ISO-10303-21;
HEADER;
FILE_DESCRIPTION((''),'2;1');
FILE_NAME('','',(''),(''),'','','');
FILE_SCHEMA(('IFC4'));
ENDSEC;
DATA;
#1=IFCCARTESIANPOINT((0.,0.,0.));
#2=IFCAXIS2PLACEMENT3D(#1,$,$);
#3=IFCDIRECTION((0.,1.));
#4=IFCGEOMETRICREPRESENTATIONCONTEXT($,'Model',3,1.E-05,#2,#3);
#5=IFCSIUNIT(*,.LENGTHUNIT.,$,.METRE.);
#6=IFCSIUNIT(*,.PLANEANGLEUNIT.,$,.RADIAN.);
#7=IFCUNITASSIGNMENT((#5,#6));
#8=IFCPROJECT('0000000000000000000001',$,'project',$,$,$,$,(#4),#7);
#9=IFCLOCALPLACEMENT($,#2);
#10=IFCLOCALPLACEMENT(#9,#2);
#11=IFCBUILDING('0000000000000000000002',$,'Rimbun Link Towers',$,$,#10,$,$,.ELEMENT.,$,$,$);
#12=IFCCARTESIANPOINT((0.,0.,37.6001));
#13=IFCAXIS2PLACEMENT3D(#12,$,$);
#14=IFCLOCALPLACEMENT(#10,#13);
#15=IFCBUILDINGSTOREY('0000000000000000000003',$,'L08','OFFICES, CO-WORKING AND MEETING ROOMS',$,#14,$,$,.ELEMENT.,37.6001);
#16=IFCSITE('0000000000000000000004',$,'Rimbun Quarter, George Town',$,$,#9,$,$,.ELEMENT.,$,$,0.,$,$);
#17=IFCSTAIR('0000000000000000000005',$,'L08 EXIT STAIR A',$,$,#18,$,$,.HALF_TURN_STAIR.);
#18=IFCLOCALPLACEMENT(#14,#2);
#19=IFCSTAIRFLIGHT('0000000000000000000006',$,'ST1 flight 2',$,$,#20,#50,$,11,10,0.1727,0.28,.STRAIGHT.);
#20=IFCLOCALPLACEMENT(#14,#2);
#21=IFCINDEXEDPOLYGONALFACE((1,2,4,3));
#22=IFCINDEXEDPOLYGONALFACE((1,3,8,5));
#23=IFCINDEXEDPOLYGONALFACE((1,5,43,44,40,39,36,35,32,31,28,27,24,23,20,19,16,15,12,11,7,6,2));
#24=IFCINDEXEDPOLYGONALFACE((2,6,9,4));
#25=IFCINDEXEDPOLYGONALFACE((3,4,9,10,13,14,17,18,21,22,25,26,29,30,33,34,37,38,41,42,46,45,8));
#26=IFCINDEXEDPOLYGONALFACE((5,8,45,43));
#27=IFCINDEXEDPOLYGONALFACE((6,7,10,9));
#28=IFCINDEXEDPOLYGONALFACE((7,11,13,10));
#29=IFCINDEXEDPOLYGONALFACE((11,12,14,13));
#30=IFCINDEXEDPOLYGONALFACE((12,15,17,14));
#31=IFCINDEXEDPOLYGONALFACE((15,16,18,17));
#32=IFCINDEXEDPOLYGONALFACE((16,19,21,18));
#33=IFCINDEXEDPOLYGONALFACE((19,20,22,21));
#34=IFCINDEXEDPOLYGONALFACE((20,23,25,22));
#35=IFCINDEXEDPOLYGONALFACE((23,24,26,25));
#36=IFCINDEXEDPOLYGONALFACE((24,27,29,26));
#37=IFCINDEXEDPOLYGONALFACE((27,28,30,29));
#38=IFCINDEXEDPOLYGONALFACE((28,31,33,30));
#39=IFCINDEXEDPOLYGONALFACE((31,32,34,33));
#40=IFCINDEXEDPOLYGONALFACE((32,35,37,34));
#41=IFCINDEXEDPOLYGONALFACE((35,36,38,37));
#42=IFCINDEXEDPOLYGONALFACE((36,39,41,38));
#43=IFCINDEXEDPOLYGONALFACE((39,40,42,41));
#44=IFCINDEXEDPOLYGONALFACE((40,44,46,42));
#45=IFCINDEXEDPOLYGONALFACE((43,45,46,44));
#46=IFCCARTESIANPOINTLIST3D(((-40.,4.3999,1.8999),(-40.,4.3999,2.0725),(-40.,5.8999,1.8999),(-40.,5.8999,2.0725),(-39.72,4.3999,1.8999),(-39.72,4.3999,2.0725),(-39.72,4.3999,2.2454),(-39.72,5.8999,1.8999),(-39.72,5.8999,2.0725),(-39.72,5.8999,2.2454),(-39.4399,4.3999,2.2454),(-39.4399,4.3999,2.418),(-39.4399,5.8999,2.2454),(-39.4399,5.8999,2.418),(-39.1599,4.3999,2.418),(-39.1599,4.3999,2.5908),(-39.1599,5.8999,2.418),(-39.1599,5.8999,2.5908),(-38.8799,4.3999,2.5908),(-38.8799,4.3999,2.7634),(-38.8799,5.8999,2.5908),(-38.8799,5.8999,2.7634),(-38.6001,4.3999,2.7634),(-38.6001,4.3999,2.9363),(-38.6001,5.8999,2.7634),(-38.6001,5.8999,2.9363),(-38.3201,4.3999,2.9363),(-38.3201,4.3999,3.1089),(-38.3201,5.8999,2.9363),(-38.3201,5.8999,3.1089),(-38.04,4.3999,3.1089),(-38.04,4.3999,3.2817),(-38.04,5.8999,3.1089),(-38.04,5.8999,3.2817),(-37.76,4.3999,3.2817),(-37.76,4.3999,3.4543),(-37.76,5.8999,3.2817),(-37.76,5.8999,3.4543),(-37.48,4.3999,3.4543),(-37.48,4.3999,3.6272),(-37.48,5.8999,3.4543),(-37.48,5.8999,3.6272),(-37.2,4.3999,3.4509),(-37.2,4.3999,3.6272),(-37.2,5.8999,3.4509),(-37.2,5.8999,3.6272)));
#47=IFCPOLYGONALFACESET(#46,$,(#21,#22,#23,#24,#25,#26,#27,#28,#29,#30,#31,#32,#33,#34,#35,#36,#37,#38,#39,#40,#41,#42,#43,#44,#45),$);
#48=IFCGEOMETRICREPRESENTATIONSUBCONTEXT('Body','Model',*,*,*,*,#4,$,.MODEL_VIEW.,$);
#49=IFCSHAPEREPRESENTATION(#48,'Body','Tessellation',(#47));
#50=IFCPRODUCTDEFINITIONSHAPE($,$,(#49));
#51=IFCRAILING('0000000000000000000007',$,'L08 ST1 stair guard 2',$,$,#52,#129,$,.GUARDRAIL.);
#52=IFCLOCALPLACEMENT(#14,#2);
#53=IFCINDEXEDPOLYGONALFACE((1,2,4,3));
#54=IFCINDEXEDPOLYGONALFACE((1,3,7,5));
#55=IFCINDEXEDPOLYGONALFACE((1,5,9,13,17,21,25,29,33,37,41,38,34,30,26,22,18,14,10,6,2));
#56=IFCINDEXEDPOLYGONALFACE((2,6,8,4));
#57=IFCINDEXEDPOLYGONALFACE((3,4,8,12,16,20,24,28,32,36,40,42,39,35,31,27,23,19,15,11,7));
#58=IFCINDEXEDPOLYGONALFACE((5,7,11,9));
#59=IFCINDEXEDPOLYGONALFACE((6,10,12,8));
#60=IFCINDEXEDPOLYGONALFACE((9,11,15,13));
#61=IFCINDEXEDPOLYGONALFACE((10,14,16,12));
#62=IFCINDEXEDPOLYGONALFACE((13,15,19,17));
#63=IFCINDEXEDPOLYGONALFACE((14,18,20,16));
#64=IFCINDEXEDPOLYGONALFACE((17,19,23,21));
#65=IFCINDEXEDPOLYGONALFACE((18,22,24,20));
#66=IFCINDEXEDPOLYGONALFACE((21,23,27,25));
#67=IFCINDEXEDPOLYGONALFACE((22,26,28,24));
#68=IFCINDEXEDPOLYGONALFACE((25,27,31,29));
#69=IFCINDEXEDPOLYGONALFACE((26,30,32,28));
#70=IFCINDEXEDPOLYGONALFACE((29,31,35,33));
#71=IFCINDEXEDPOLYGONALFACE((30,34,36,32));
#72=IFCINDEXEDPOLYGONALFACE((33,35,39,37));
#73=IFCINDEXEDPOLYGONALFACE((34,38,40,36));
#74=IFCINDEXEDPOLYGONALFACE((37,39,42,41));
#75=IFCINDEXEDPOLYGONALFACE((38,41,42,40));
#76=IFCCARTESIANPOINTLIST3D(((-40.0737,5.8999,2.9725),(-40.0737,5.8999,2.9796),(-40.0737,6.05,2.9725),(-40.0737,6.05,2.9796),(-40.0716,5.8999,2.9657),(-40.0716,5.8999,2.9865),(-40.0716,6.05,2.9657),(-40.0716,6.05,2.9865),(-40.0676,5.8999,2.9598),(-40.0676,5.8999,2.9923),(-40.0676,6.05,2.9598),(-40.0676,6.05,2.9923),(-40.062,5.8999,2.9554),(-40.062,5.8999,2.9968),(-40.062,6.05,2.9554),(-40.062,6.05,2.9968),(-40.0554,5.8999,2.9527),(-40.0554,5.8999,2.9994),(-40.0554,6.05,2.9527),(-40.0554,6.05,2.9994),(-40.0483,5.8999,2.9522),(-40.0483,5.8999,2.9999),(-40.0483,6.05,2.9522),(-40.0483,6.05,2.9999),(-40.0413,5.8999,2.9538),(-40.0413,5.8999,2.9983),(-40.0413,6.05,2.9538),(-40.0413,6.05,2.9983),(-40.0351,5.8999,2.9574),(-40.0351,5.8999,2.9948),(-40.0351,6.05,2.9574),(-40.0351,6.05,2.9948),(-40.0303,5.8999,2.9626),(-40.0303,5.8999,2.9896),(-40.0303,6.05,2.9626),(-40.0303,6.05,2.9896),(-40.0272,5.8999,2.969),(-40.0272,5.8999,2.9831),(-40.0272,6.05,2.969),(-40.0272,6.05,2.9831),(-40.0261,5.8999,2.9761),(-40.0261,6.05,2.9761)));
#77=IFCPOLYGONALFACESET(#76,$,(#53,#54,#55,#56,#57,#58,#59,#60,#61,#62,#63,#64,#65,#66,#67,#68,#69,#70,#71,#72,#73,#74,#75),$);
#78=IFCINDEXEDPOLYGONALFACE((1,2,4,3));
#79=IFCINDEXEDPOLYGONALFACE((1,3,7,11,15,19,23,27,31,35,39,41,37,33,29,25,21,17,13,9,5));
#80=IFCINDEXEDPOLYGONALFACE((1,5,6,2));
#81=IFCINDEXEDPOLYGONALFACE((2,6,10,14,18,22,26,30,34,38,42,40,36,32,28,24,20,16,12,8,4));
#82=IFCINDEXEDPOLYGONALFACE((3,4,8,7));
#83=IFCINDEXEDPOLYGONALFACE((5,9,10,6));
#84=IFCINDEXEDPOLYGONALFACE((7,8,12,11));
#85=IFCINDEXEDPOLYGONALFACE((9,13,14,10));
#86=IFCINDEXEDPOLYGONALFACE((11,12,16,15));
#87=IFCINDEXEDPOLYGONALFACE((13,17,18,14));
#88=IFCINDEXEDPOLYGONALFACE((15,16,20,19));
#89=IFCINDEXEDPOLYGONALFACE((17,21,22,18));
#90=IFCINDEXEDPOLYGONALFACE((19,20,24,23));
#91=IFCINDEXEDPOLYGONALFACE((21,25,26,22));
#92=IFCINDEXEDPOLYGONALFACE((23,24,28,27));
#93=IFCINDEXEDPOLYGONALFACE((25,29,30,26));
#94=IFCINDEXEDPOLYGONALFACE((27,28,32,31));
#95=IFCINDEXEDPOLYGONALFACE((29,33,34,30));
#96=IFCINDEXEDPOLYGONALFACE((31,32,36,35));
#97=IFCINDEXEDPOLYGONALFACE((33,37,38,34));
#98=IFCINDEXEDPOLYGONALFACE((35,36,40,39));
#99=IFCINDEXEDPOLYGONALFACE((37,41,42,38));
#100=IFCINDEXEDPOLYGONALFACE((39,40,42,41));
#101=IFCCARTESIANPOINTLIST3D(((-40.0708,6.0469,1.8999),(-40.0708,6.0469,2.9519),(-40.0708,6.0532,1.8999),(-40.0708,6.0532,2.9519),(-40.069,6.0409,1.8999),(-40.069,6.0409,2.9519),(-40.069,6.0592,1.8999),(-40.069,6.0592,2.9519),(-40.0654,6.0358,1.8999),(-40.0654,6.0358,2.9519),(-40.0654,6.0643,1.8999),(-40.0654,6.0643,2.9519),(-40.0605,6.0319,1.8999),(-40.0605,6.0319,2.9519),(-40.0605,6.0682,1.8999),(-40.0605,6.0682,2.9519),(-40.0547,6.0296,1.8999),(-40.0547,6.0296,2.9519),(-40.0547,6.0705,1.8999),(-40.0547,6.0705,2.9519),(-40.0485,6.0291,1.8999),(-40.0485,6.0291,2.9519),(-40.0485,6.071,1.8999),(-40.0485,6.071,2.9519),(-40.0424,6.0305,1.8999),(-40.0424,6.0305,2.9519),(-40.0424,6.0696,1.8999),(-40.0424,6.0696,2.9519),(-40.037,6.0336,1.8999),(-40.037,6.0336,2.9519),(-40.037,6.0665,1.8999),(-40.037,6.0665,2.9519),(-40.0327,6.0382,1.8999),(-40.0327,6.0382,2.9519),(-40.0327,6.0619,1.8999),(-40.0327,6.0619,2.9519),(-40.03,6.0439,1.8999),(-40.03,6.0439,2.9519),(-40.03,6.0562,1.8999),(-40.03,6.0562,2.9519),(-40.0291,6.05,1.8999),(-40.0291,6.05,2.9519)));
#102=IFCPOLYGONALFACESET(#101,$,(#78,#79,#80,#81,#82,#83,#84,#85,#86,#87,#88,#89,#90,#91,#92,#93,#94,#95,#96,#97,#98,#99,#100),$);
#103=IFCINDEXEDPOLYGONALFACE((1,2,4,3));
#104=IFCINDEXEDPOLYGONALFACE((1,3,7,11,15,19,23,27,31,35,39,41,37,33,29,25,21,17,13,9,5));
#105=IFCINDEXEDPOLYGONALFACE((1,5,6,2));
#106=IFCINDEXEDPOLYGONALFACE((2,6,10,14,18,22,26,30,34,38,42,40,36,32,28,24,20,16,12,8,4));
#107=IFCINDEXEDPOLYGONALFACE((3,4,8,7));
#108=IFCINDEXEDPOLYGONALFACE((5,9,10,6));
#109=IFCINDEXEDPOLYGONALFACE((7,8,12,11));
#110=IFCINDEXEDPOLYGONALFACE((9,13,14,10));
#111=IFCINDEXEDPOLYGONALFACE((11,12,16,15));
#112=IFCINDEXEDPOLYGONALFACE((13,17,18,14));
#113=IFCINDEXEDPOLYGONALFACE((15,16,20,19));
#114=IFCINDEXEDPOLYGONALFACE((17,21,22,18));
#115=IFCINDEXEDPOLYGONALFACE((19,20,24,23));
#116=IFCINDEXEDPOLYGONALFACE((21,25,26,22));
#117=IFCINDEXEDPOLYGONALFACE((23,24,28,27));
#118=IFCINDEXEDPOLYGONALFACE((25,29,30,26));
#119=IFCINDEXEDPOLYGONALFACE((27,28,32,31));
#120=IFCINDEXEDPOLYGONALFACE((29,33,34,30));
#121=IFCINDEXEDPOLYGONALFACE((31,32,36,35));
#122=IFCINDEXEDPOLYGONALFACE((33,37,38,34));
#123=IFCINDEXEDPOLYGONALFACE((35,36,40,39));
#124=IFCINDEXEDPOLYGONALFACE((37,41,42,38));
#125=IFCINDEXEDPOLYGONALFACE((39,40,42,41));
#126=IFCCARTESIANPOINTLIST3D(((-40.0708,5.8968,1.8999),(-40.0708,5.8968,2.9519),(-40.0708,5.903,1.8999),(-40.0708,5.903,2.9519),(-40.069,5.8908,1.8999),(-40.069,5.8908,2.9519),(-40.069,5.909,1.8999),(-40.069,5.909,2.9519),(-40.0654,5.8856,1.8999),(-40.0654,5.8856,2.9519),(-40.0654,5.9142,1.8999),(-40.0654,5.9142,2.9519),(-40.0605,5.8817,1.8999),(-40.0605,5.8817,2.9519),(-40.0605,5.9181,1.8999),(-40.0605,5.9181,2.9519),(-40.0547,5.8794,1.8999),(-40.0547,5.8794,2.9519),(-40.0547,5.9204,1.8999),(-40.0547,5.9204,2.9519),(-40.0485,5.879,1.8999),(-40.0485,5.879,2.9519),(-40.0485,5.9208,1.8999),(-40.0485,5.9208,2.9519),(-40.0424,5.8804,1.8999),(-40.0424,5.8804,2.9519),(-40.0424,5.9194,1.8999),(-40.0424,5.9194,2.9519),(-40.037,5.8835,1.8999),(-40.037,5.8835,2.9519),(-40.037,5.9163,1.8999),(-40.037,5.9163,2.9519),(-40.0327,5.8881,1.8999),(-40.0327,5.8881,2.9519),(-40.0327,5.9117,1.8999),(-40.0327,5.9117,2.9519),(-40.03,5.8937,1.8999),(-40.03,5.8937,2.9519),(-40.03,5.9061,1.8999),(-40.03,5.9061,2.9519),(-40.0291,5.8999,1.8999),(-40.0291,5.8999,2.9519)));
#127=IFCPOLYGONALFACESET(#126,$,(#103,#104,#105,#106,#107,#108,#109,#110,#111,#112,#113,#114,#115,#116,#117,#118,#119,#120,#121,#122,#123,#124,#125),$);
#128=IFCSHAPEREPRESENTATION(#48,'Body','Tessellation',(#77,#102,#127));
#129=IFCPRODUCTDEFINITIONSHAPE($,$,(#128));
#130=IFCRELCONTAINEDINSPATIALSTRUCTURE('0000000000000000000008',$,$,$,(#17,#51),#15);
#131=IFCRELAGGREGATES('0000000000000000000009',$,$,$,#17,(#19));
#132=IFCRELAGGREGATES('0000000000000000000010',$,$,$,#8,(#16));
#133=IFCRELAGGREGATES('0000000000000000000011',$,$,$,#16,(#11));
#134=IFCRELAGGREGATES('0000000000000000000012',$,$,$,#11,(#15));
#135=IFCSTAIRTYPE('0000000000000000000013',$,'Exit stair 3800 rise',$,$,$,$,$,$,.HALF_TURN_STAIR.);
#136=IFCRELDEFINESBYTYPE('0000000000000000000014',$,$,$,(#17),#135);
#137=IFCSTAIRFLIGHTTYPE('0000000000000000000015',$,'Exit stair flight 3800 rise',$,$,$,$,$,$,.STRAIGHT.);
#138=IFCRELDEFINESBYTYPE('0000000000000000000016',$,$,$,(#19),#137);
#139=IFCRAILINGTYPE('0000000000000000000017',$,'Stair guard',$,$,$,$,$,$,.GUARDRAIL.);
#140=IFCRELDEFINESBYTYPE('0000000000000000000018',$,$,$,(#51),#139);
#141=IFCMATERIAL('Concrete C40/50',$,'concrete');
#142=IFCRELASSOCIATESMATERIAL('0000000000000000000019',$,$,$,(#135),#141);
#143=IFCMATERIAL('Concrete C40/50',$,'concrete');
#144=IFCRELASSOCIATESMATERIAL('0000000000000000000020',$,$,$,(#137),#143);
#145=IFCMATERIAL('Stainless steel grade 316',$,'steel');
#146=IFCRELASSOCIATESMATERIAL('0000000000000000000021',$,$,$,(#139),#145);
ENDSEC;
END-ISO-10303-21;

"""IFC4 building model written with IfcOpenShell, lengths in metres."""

from ifc_helpers import new_model, si_unit, direction, frame, origin, origin_2d, place, context, subcontext, project, spatial, polyline, circle, outline, extrude, material, type_object, element, aggregate, save


model = new_model("IFC4")

# Units and contexts
model_context = context("Model", 3, precision=1e-05, world=origin(), true_north=direction((0.0, 1.0)))
body_context = subcontext(model_context, "Body", "Model", "MODEL_VIEW")
ifc_project = project(units=[si_unit("LENGTHUNIT", "METRE"), si_unit("PLANEANGLEUNIT", "RADIAN")], contexts=[model_context])

# Site, building, storey
site_placement = place(None, origin())
site = spatial("IfcSite", under=ifc_project, at=site_placement, Name="Rimbun Quarter, George Town", CompositionType="ELEMENT", RefElevation=0.0)
building_placement = place(site_placement, origin())
building = spatial("IfcBuilding", under=site, at=building_placement, Name="Rimbun Link Towers", CompositionType="ELEMENT")
storey_placement = place(building_placement, frame((0.0, 0.0, 37.6001)))
storey = spatial("IfcBuildingStorey", under=building, at=storey_placement, Name="L08", Description="OFFICES, CO-WORKING AND MEETING ROOMS", CompositionType="ELEMENT", Elevation=37.6001)

# Stair, stair flight
ifc_material_1 = material(Name="Concrete C40/50", Category="concrete")
stair_type = type_object("IfcStairType", Name="Exit stair 3800 rise", PredefinedType="HALF_TURN_STAIR", material=ifc_material_1)
stair_placement = place(storey_placement, origin())
stair = element("IfcStair", 1, at=stair_placement, inside=storey, type_object=stair_type, Name="L08 EXIT STAIR A", PredefinedType="HALF_TURN_STAIR")
ifc_material_2 = material(Name="Concrete C40/50", Category="concrete")
stair_flight_type = type_object("IfcStairFlightType", Name="Exit stair flight 3800 rise", PredefinedType="STRAIGHT", material=ifc_material_2)
stair_flight_placement = place(storey_placement, frame((-40.0, 5.1499, 1.8999), z_axis=(0.0, 0.0, 1.0), x_axis=(1.0, 0.0, 0.0)))
stair_flight = element("IfcStairFlight", 2, at=stair_flight_placement, type_object=stair_flight_type, Name="ST1 flight 2", NumberOfRisers=11, NumberOfTreads=10, PredefinedType="STRAIGHT", RiserHeight=0.1727, TreadLength=0.28, context=body_context, shape_type="SweptSolid", body=[
    extrude(outline(polyline([(0.0, 0.0), (0.0, 0.1726), (0.28, 0.1726), (0.28, 0.3455), (0.5601, 0.3455), (0.5601, 0.5181), (0.8401, 0.5181), (0.8401, 0.6909), (1.1201, 0.6909), (1.1201, 0.8635), (1.3999, 0.8635), (1.3999, 1.0364), (1.6799, 1.0364), (1.6799, 1.209), (1.96, 1.209), (1.96, 1.3818), (2.24, 1.3818), (2.24, 1.5544), (2.52, 1.5544), (2.52, 1.7273), (2.8, 1.7273), (2.8, 1.8999), (2.8, 1.551), (0.28, 0.0), (0.0, 0.0)])), frame((0.0, 0.75, 0.0), z_axis=(0.0, -1.0, 0.0), x_axis=(1.0, 0.0, 0.0)), (0.0, 0.0, 1.0), 1.5),
])
aggregate(stair, [stair_flight])

# Railing
ifc_material_3 = material(Name="Stainless steel grade 316", Category="steel")
railing_type_1 = type_object("IfcRailingType", Name="Stair guard", PredefinedType="GUARDRAIL", material=ifc_material_3)
railing_1_placement = place(storey_placement, frame((-40.05, 6.05, 1.8999)))
element("IfcRailing", 3, at=railing_1_placement, inside=storey, type_object=railing_type_1, Name="L08 ST1 stair guard 2", PredefinedType="GUARDRAIL", context=body_context, shape_type="SweptSolid", body=[
    extrude(circle(Radius=0.0239, at=origin_2d()), frame((0.0, 0.0, 1.0762), z_axis=(0.0, -1.0, 0.0), x_axis=(1.0, 0.0, 0.0)), (0.0, 0.0, 1.0), 0.1501),
    extrude(circle(Radius=0.021, at=origin_2d()), origin(), (0.0, 0.0, 1.0), 1.052),
    extrude(circle(Radius=0.021, at=origin_2d()), frame((0.0, -0.1501, 0.0)), (0.0, 0.0, 1.0), 1.052),
])

save(model, "model.ifc")
